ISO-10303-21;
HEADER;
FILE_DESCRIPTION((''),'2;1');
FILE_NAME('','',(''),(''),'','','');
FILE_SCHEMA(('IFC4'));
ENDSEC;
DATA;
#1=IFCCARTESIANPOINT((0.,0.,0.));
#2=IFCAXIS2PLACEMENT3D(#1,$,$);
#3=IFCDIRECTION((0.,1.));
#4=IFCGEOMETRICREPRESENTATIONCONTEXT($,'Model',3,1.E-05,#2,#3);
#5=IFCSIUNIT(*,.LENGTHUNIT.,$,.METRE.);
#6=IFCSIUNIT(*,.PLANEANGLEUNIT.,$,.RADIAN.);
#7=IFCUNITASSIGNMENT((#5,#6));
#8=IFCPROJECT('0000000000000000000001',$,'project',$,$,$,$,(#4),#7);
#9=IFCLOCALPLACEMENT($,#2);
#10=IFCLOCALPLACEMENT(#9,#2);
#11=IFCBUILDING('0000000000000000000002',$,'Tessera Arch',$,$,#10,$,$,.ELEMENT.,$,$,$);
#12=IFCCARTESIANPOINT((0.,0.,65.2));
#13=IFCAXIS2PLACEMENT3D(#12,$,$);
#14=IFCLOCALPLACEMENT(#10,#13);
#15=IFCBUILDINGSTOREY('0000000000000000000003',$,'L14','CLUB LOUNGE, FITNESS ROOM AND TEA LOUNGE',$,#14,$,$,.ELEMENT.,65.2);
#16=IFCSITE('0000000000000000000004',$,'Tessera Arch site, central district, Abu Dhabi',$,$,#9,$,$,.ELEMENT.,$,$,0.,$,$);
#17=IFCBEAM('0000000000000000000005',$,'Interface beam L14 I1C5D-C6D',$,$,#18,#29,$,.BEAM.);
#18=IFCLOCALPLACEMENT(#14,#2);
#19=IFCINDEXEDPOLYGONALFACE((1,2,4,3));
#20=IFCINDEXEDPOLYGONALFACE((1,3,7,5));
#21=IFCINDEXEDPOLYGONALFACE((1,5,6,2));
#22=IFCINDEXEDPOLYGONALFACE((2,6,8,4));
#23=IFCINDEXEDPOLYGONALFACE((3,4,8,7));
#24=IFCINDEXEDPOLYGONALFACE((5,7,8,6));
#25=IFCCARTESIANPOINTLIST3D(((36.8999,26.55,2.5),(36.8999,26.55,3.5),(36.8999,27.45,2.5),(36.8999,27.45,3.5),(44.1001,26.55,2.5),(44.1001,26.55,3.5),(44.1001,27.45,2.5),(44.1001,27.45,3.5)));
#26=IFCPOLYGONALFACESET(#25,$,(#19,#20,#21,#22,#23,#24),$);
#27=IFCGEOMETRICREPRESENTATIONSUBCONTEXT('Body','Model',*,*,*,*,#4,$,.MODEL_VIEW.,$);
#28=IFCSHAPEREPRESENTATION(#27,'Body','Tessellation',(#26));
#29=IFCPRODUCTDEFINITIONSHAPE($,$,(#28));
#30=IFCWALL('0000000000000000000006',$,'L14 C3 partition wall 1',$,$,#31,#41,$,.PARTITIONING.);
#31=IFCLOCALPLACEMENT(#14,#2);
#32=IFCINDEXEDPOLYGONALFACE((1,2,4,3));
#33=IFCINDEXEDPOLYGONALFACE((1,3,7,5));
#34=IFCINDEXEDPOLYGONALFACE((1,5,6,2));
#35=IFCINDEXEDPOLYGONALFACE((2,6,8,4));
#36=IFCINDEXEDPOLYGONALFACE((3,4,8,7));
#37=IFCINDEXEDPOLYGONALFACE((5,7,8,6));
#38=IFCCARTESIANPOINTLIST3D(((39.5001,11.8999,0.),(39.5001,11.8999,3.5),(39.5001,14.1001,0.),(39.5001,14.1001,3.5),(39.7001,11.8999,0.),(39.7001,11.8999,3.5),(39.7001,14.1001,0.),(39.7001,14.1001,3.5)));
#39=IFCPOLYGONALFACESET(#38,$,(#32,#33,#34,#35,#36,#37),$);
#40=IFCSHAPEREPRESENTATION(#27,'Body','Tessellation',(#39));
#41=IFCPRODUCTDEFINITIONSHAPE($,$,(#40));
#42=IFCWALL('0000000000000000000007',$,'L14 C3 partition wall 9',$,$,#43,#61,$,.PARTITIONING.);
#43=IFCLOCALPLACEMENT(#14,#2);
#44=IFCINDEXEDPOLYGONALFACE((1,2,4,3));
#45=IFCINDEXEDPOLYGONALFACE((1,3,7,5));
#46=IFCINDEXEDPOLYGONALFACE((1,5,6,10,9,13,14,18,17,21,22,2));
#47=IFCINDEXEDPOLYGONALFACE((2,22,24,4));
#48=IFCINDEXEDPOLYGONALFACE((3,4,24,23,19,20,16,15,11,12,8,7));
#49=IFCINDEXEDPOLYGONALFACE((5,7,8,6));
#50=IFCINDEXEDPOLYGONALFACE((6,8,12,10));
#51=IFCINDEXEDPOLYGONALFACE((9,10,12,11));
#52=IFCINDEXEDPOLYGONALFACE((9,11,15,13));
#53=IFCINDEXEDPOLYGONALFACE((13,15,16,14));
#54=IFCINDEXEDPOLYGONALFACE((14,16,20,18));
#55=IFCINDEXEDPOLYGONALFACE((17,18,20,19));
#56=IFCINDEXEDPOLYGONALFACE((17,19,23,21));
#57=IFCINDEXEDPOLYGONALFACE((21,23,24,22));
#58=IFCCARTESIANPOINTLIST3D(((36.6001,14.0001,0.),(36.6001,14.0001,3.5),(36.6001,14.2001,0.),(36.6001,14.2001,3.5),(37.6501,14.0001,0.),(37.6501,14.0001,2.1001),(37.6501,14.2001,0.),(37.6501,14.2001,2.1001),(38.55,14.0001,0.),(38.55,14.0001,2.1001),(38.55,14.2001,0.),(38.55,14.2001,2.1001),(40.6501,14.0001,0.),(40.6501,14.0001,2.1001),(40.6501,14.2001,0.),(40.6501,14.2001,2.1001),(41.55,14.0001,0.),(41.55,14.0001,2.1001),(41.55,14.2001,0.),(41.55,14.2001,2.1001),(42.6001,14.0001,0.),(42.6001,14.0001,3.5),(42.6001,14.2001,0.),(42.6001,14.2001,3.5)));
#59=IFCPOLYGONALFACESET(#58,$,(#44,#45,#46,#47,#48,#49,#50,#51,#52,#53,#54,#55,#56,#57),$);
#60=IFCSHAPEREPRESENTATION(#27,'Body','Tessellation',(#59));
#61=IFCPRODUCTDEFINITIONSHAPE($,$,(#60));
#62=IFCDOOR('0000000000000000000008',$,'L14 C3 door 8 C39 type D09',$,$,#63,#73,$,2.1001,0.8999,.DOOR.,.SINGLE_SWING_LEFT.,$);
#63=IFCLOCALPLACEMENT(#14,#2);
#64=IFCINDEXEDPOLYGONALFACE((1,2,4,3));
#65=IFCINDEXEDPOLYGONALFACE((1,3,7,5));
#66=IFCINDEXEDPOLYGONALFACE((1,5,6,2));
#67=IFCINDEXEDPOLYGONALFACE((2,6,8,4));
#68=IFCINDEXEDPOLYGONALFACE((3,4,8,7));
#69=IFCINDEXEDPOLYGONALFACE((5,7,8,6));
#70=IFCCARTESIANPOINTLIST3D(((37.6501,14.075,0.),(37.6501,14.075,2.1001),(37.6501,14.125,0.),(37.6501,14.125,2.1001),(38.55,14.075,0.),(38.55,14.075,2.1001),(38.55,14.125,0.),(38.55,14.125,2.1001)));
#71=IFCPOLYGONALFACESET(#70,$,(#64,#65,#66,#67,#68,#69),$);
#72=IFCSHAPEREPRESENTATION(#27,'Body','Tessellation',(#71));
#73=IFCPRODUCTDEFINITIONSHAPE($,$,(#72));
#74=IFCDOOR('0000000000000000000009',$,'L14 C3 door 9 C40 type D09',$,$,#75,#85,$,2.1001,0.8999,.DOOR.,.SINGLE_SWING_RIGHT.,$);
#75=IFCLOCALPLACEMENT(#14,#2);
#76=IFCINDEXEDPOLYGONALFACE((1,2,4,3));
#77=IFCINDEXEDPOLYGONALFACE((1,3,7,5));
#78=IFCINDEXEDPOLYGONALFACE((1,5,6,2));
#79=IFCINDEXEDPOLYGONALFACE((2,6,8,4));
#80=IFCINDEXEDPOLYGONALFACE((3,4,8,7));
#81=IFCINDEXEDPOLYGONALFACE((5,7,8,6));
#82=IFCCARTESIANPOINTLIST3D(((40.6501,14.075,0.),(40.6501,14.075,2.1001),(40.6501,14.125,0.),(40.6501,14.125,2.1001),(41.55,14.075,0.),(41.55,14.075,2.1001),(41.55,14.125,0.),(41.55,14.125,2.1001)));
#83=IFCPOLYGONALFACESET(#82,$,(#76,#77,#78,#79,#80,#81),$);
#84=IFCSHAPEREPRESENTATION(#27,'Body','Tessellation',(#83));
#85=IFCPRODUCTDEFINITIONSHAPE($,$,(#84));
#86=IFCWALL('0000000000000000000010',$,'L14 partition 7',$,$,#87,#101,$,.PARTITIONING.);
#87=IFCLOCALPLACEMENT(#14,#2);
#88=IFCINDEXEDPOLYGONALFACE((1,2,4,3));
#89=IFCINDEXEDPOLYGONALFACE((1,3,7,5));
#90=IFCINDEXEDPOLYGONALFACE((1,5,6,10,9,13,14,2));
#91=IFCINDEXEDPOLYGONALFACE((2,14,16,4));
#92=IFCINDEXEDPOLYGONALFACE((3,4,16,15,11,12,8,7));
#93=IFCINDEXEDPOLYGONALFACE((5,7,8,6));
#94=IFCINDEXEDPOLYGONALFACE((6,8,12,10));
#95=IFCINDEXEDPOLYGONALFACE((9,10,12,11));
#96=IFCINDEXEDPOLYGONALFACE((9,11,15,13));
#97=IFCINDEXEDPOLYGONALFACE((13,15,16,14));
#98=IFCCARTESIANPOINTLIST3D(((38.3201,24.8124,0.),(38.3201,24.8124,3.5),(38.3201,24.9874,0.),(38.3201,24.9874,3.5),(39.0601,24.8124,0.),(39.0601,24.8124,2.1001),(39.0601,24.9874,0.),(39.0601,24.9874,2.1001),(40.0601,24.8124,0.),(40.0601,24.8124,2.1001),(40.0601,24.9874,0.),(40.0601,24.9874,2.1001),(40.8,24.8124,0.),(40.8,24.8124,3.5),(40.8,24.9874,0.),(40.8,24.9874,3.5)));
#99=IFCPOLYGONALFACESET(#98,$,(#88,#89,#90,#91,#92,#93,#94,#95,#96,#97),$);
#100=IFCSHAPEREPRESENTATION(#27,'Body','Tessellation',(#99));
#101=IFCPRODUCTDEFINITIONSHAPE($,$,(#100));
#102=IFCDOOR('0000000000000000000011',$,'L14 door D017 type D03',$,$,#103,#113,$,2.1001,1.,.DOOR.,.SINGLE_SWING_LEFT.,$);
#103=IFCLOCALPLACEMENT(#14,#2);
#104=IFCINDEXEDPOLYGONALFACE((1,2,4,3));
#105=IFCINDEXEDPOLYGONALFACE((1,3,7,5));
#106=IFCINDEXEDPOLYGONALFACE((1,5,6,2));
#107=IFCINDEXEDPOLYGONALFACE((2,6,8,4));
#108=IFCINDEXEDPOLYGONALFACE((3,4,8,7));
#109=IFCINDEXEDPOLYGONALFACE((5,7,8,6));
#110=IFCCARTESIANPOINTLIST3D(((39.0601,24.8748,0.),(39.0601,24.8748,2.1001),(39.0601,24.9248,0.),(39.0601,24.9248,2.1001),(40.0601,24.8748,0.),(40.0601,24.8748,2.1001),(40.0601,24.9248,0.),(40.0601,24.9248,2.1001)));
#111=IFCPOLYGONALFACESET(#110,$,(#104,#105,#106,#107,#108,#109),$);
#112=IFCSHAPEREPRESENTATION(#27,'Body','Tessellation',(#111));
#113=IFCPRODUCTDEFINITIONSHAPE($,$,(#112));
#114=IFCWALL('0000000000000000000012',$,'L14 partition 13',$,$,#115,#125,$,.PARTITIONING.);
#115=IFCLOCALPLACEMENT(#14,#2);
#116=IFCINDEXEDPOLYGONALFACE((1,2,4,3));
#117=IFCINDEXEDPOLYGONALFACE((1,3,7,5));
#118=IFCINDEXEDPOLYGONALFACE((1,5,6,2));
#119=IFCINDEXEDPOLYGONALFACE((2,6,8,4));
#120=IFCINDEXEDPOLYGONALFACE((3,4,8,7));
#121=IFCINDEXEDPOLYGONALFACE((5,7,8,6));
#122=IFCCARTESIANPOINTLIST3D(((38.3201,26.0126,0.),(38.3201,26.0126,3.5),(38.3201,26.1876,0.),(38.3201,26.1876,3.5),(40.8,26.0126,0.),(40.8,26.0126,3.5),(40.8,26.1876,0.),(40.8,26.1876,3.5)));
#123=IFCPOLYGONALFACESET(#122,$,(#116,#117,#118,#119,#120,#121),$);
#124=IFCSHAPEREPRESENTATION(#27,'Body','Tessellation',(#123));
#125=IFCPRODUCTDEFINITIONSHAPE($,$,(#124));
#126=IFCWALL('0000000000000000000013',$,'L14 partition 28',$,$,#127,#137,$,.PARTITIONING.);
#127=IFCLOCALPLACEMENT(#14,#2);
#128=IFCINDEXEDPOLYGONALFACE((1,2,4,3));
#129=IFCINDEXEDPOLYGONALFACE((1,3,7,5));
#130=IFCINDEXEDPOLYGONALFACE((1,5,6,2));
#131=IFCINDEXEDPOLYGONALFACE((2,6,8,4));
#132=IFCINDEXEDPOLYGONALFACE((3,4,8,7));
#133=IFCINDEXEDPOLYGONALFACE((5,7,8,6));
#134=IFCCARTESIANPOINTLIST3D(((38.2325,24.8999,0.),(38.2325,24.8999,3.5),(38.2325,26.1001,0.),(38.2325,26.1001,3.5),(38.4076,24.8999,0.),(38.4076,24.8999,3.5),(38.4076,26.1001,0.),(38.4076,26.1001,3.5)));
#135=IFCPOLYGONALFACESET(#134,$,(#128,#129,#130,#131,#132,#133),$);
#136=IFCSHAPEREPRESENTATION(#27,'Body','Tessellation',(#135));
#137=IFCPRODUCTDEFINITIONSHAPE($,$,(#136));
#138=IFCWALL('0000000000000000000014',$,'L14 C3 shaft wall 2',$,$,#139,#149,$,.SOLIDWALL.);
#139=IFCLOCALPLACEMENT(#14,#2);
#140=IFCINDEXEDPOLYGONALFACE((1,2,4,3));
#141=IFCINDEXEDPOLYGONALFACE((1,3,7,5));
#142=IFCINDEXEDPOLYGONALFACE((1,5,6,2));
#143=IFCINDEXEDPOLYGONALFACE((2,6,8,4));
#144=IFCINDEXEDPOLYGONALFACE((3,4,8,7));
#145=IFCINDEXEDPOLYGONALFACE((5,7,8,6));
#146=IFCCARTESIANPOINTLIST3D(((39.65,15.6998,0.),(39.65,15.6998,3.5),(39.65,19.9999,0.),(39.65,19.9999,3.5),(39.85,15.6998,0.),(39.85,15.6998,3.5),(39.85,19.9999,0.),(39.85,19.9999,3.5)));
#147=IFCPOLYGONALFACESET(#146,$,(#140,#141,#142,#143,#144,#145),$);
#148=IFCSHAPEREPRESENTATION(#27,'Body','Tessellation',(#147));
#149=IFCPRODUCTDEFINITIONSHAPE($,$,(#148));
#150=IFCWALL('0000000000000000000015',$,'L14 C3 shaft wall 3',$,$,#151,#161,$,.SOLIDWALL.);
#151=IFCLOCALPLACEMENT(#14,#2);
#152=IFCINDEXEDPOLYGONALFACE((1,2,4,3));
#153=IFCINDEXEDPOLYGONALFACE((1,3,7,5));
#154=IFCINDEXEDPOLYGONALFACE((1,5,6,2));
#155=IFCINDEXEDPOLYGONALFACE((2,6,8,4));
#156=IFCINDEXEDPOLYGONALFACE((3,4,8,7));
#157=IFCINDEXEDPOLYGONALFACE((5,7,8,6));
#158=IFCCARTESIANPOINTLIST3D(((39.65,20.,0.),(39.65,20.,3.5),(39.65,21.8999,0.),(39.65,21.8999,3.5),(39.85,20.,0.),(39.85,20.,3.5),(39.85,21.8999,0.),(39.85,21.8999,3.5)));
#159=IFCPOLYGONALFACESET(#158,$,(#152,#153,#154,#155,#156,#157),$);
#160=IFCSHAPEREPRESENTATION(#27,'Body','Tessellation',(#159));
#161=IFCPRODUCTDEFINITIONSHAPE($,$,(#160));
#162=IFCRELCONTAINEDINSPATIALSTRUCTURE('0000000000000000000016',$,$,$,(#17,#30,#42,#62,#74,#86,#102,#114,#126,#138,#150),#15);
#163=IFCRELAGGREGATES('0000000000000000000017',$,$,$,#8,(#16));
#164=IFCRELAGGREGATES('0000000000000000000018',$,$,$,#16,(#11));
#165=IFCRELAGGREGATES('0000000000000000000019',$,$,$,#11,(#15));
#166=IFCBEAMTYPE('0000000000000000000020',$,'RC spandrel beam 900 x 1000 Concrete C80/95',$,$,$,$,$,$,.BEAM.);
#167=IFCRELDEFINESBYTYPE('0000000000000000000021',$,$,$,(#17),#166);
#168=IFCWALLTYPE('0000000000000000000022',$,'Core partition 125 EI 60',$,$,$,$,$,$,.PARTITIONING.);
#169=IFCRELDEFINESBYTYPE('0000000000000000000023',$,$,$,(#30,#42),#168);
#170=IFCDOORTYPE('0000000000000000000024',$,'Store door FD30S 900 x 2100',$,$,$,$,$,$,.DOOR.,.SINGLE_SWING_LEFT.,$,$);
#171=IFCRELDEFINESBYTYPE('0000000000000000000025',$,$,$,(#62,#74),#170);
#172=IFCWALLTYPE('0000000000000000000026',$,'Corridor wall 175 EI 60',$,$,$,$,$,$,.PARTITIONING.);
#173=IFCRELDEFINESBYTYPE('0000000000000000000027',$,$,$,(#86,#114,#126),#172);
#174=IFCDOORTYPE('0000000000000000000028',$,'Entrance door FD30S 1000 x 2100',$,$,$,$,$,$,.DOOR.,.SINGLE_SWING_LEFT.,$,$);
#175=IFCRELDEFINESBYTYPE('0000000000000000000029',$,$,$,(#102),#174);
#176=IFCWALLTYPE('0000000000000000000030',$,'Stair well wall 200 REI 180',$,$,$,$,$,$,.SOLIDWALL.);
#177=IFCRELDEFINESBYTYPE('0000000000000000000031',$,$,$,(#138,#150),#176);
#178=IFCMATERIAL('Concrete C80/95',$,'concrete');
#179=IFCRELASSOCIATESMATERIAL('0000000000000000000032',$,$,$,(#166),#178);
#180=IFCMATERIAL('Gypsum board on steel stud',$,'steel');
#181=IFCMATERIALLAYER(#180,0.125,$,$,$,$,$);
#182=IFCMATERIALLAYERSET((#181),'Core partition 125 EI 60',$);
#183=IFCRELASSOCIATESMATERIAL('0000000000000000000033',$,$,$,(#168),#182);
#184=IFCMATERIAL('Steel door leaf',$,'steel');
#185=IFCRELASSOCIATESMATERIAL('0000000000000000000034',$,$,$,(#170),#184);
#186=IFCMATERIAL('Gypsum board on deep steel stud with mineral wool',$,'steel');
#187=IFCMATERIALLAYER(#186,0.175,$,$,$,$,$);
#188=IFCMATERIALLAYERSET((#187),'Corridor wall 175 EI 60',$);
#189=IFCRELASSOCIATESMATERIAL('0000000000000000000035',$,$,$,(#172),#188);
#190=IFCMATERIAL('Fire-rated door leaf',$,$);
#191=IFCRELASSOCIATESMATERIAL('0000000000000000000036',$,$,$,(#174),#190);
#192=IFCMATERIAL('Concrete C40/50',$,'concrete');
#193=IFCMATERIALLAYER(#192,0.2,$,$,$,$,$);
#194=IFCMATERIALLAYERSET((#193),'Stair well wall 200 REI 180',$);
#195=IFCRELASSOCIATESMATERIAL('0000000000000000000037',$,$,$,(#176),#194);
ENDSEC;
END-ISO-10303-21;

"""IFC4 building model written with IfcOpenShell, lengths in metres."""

from ifc_helpers import new_model, si_unit, direction, frame, frame_2d, origin, origin_2d, place, context, subcontext, project, spatial, rectangle, extrude, material, layer, layer_set, material_profile, profile_set, type_object, element, fill, save


model = new_model("IFC4")

# Units and contexts
model_context = context("Model", 3, precision=1e-05, world=origin(), true_north=direction((0.0, 1.0)))
body_context = subcontext(model_context, "Body", "Model", "MODEL_VIEW")
ifc_project = project(units=[si_unit("LENGTHUNIT", "METRE"), si_unit("PLANEANGLEUNIT", "RADIAN")], contexts=[model_context])

# Site, building, storey
site_placement = place(None, origin())
site = spatial("IfcSite", under=ifc_project, at=site_placement, Name="Tessera Arch site, central district, Abu Dhabi", CompositionType="ELEMENT", RefElevation=0.0)
building_placement = place(site_placement, origin())
building = spatial("IfcBuilding", under=site, at=building_placement, Name="Tessera Arch", CompositionType="ELEMENT")
storey_placement = place(building_placement, frame((0.0, 0.0, 65.2)))
storey = spatial("IfcBuildingStorey", under=building, at=storey_placement, Name="L14", Description="CLUB LOUNGE, FITNESS ROOM AND TEA LOUNGE", CompositionType="ELEMENT", Elevation=65.2)

# Beam
ifc_material_1 = material(Name="Concrete C80/95", Category="concrete")
ifc_material_profile = material_profile(ifc_material_1, rectangle(XDim=0.8999, YDim=1.0, at=origin_2d()), Name="RC spandrel beam 900 x 1000 Concrete C80/95")
ifc_profile_set = profile_set([ifc_material_profile], Name="Concrete C80/95")
beam_type = type_object("IfcBeamType", Name="RC spandrel beam 900 x 1000 Concrete C80/95", PredefinedType="BEAM", material=ifc_profile_set)
beam_placement = place(storey_placement, frame((36.8999, 27.0, 3.0), z_axis=(1.0, 0.0, 0.0), x_axis=(0.0, 1.0, 0.0)))
element("IfcBeam", 1, at=beam_placement, inside=storey, type_object=beam_type, Name="Interface beam L14 I1C5D-C6D", PredefinedType="BEAM", context=body_context, shape_type="SweptSolid", body=[
    extrude(rectangle(XDim=0.8999, YDim=1.0, at=origin_2d()), origin(), (0.0, 0.0, 1.0), 7.2002),
])

# Wall
ifc_material_2 = material(Name="Gypsum board on steel stud", Category="steel")
ifc_layer_1 = layer(ifc_material_2, 0.125)
ifc_layer_set_1 = layer_set([ifc_layer_1], Name="Core partition 125 EI 60")
wall_type_1 = type_object("IfcWallType", Name="Core partition 125 EI 60", PredefinedType="PARTITIONING", material=ifc_layer_set_1)
wall_1_placement = place(storey_placement, frame((39.6001, 11.8999, 0.0), z_axis=(0.0, 0.0, 1.0), x_axis=(0.0, 1.0, 0.0)))
element("IfcWall", 2, at=wall_1_placement, inside=storey, type_object=wall_type_1, Name="L14 C3 partition wall 1", PredefinedType="PARTITIONING", context=body_context, shape_type="SweptSolid", body=[
    extrude(rectangle(XDim=2.2002, YDim=0.2, at=frame_2d((1.1001, 0.0))), origin(), (0.0, 0.0, 1.0), 3.5),
])

# Wall, openings, doors
wall_2_placement = place(storey_placement, frame((36.6001, 14.1001, 0.0), z_axis=(0.0, 0.0, 1.0), x_axis=(1.0, 0.0, 0.0)))
wall_2 = element("IfcWall", 3, at=wall_2_placement, inside=storey, type_object=wall_type_1, Name="L14 C3 partition wall 9", PredefinedType="PARTITIONING", context=body_context, shape_type="SweptSolid", body=[
    extrude(rectangle(XDim=6.0, YDim=0.2, at=frame_2d((3.0, 0.0))), origin(), (0.0, 0.0, 1.0), 3.5),
])
opening_1_placement = place(wall_2_placement, frame((1.05, 0.0, 0.0)))
opening_1 = element("IfcOpeningElement", 4, at=opening_1_placement, cuts=wall_2, PredefinedType="OPENING", context=body_context, shape_type="SweptSolid", body=[
    extrude(rectangle(XDim=0.8999, YDim=2.1001, at=frame_2d((0.45, 1.05))), frame((0.0, 0.1099, 0.0), z_axis=(0.0, -1.0, 0.0), x_axis=(1.0, 0.0, 0.0)), (0.0, 0.0, 1.0), 0.22),
])
opening_2_placement = place(wall_2_placement, frame((4.05, 0.0, 0.0)))
opening_2 = element("IfcOpeningElement", 5, at=opening_2_placement, cuts=wall_2, PredefinedType="OPENING", context=body_context, shape_type="SweptSolid", body=[
    extrude(rectangle(XDim=0.8999, YDim=2.1001, at=frame_2d((0.45, 1.05))), frame((0.0, 0.1099, 0.0), z_axis=(0.0, -1.0, 0.0), x_axis=(1.0, 0.0, 0.0)), (0.0, 0.0, 1.0), 0.22),
])
ifc_material_3 = material(Name="Steel door leaf", Category="steel")
door_type_1 = type_object("IfcDoorType", Name="Store door FD30S 900 x 2100", OperationType="SINGLE_SWING_LEFT", PredefinedType="DOOR", material=ifc_material_3)
door_1_placement = place(opening_1_placement, origin())
door_1 = element("IfcDoor", 6, at=door_1_placement, inside=storey, type_object=door_type_1, Name="L14 C3 door 8 C39 type D09", OperationType="SINGLE_SWING_LEFT", OverallHeight=2.1001, OverallWidth=0.8999, PredefinedType="DOOR", context=body_context, shape_type="SweptSolid", body=[
    extrude(rectangle(XDim=0.8999, YDim=2.1001, at=frame_2d((0.45, 1.05))), frame((0.0, 0.0249, 0.0), z_axis=(0.0, -1.0, 0.0), x_axis=(1.0, 0.0, 0.0)), (0.0, 0.0, 1.0), 0.05),
])
fill(opening_1, door_1)
door_2_placement = place(opening_2_placement, origin())
door_2 = element("IfcDoor", 7, at=door_2_placement, inside=storey, type_object=door_type_1, Name="L14 C3 door 9 C40 type D09", OperationType="SINGLE_SWING_RIGHT", OverallHeight=2.1001, OverallWidth=0.8999, PredefinedType="DOOR", context=body_context, shape_type="SweptSolid", body=[
    extrude(rectangle(XDim=0.8999, YDim=2.1001, at=frame_2d((0.45, 1.05))), frame((0.0, 0.0249, 0.0), z_axis=(0.0, -1.0, 0.0), x_axis=(1.0, 0.0, 0.0)), (0.0, 0.0, 1.0), 0.05),
])
fill(opening_2, door_2)

# Wall, opening, door
ifc_material_4 = material(Name="Gypsum board on deep steel stud with mineral wool", Category="steel")
ifc_layer_2 = layer(ifc_material_4, 0.175)
ifc_layer_set_2 = layer_set([ifc_layer_2], Name="Corridor wall 175 EI 60")
wall_type_2 = type_object("IfcWallType", Name="Corridor wall 175 EI 60", PredefinedType="PARTITIONING", material=ifc_layer_set_2)
wall_3_placement = place(storey_placement, frame((38.3201, 24.8999, 0.0), z_axis=(0.0, 0.0, 1.0), x_axis=(1.0, 0.0, 0.0)))
wall_3 = element("IfcWall", 8, at=wall_3_placement, inside=storey, type_object=wall_type_2, Name="L14 partition 7", PredefinedType="PARTITIONING", context=body_context, shape_type="SweptSolid", body=[
    extrude(rectangle(XDim=2.48, YDim=0.175, at=frame_2d((1.24, 0.0))), origin(), (0.0, 0.0, 1.0), 3.5),
])
opening_3_placement = place(wall_3_placement, frame((0.74, 0.0, 0.0)))
opening_3 = element("IfcOpeningElement", 9, at=opening_3_placement, cuts=wall_3, PredefinedType="OPENING", context=body_context, shape_type="SweptSolid", body=[
    extrude(rectangle(XDim=1.0, YDim=2.1001, at=frame_2d((0.5, 1.05))), frame((0.0, 0.0974, 0.0), z_axis=(0.0, -1.0, 0.0), x_axis=(1.0, 0.0, 0.0)), (0.0, 0.0, 1.0), 0.1951),
])
ifc_material_5 = material(Name="Fire-rated door leaf")
door_type_2 = type_object("IfcDoorType", Name="Entrance door FD30S 1000 x 2100", OperationType="SINGLE_SWING_LEFT", PredefinedType="DOOR", material=ifc_material_5)
door_3_placement = place(opening_3_placement, origin())
door_3 = element("IfcDoor", 10, at=door_3_placement, inside=storey, type_object=door_type_2, Name="L14 door D017 type D03", OperationType="SINGLE_SWING_LEFT", OverallHeight=2.1001, OverallWidth=1.0, PredefinedType="DOOR", context=body_context, shape_type="SweptSolid", body=[
    extrude(rectangle(XDim=1.0, YDim=2.1001, at=frame_2d((0.5, 1.05))), frame((0.0, 0.0249, 0.0), z_axis=(0.0, -1.0, 0.0), x_axis=(1.0, 0.0, 0.0)), (0.0, 0.0, 1.0), 0.05),
])
fill(opening_3, door_3)

# Walls
wall_4_placement = place(storey_placement, frame((38.3201, 26.1001, 0.0), z_axis=(0.0, 0.0, 1.0), x_axis=(1.0, 0.0, 0.0)))
element("IfcWall", 11, at=wall_4_placement, inside=storey, type_object=wall_type_2, Name="L14 partition 13", PredefinedType="PARTITIONING", context=body_context, shape_type="SweptSolid", body=[
    extrude(rectangle(XDim=2.48, YDim=0.175, at=frame_2d((1.24, 0.0))), origin(), (0.0, 0.0, 1.0), 3.5),
])
wall_5_placement = place(storey_placement, frame((38.3201, 24.8999, 0.0), z_axis=(0.0, 0.0, 1.0), x_axis=(0.0, 1.0, 0.0)))
element("IfcWall", 12, at=wall_5_placement, inside=storey, type_object=wall_type_2, Name="L14 partition 28", PredefinedType="PARTITIONING", context=body_context, shape_type="SweptSolid", body=[
    extrude(rectangle(XDim=1.2002, YDim=0.175, at=frame_2d((0.6001, 0.0))), origin(), (0.0, 0.0, 1.0), 3.5),
])
ifc_material_6 = material(Name="Concrete C40/50", Category="concrete")
ifc_layer_3 = layer(ifc_material_6, 0.2)
ifc_layer_set_3 = layer_set([ifc_layer_3], Name="Stair well wall 200 REI 180")
wall_type_3 = type_object("IfcWallType", Name="Stair well wall 200 REI 180", PredefinedType="SOLIDWALL", material=ifc_layer_set_3)
wall_6_placement = place(storey_placement, frame((39.75, 15.7, 0.0), z_axis=(0.0, 0.0, 1.0), x_axis=(0.0, 1.0, 0.0)))
element("IfcWall", 13, at=wall_6_placement, inside=storey, type_object=wall_type_3, Name="L14 C3 shaft wall 2", PredefinedType="SOLIDWALL", context=body_context, shape_type="SweptSolid", body=[
    extrude(rectangle(XDim=4.3, YDim=0.2, at=frame_2d((2.1499, 0.0))), origin(), (0.0, 0.0, 1.0), 3.5),
])
wall_7_placement = place(storey_placement, frame((39.75, 20.0, 0.0), z_axis=(0.0, 0.0, 1.0), x_axis=(0.0, 1.0, 0.0)))
element("IfcWall", 14, at=wall_7_placement, inside=storey, type_object=wall_type_3, Name="L14 C3 shaft wall 3", PredefinedType="SOLIDWALL", context=body_context, shape_type="SweptSolid", body=[
    extrude(rectangle(XDim=1.8999, YDim=0.2, at=frame_2d((0.95, 0.0))), origin(), (0.0, 0.0, 1.0), 3.5),
])

save(model, "model.ifc")
